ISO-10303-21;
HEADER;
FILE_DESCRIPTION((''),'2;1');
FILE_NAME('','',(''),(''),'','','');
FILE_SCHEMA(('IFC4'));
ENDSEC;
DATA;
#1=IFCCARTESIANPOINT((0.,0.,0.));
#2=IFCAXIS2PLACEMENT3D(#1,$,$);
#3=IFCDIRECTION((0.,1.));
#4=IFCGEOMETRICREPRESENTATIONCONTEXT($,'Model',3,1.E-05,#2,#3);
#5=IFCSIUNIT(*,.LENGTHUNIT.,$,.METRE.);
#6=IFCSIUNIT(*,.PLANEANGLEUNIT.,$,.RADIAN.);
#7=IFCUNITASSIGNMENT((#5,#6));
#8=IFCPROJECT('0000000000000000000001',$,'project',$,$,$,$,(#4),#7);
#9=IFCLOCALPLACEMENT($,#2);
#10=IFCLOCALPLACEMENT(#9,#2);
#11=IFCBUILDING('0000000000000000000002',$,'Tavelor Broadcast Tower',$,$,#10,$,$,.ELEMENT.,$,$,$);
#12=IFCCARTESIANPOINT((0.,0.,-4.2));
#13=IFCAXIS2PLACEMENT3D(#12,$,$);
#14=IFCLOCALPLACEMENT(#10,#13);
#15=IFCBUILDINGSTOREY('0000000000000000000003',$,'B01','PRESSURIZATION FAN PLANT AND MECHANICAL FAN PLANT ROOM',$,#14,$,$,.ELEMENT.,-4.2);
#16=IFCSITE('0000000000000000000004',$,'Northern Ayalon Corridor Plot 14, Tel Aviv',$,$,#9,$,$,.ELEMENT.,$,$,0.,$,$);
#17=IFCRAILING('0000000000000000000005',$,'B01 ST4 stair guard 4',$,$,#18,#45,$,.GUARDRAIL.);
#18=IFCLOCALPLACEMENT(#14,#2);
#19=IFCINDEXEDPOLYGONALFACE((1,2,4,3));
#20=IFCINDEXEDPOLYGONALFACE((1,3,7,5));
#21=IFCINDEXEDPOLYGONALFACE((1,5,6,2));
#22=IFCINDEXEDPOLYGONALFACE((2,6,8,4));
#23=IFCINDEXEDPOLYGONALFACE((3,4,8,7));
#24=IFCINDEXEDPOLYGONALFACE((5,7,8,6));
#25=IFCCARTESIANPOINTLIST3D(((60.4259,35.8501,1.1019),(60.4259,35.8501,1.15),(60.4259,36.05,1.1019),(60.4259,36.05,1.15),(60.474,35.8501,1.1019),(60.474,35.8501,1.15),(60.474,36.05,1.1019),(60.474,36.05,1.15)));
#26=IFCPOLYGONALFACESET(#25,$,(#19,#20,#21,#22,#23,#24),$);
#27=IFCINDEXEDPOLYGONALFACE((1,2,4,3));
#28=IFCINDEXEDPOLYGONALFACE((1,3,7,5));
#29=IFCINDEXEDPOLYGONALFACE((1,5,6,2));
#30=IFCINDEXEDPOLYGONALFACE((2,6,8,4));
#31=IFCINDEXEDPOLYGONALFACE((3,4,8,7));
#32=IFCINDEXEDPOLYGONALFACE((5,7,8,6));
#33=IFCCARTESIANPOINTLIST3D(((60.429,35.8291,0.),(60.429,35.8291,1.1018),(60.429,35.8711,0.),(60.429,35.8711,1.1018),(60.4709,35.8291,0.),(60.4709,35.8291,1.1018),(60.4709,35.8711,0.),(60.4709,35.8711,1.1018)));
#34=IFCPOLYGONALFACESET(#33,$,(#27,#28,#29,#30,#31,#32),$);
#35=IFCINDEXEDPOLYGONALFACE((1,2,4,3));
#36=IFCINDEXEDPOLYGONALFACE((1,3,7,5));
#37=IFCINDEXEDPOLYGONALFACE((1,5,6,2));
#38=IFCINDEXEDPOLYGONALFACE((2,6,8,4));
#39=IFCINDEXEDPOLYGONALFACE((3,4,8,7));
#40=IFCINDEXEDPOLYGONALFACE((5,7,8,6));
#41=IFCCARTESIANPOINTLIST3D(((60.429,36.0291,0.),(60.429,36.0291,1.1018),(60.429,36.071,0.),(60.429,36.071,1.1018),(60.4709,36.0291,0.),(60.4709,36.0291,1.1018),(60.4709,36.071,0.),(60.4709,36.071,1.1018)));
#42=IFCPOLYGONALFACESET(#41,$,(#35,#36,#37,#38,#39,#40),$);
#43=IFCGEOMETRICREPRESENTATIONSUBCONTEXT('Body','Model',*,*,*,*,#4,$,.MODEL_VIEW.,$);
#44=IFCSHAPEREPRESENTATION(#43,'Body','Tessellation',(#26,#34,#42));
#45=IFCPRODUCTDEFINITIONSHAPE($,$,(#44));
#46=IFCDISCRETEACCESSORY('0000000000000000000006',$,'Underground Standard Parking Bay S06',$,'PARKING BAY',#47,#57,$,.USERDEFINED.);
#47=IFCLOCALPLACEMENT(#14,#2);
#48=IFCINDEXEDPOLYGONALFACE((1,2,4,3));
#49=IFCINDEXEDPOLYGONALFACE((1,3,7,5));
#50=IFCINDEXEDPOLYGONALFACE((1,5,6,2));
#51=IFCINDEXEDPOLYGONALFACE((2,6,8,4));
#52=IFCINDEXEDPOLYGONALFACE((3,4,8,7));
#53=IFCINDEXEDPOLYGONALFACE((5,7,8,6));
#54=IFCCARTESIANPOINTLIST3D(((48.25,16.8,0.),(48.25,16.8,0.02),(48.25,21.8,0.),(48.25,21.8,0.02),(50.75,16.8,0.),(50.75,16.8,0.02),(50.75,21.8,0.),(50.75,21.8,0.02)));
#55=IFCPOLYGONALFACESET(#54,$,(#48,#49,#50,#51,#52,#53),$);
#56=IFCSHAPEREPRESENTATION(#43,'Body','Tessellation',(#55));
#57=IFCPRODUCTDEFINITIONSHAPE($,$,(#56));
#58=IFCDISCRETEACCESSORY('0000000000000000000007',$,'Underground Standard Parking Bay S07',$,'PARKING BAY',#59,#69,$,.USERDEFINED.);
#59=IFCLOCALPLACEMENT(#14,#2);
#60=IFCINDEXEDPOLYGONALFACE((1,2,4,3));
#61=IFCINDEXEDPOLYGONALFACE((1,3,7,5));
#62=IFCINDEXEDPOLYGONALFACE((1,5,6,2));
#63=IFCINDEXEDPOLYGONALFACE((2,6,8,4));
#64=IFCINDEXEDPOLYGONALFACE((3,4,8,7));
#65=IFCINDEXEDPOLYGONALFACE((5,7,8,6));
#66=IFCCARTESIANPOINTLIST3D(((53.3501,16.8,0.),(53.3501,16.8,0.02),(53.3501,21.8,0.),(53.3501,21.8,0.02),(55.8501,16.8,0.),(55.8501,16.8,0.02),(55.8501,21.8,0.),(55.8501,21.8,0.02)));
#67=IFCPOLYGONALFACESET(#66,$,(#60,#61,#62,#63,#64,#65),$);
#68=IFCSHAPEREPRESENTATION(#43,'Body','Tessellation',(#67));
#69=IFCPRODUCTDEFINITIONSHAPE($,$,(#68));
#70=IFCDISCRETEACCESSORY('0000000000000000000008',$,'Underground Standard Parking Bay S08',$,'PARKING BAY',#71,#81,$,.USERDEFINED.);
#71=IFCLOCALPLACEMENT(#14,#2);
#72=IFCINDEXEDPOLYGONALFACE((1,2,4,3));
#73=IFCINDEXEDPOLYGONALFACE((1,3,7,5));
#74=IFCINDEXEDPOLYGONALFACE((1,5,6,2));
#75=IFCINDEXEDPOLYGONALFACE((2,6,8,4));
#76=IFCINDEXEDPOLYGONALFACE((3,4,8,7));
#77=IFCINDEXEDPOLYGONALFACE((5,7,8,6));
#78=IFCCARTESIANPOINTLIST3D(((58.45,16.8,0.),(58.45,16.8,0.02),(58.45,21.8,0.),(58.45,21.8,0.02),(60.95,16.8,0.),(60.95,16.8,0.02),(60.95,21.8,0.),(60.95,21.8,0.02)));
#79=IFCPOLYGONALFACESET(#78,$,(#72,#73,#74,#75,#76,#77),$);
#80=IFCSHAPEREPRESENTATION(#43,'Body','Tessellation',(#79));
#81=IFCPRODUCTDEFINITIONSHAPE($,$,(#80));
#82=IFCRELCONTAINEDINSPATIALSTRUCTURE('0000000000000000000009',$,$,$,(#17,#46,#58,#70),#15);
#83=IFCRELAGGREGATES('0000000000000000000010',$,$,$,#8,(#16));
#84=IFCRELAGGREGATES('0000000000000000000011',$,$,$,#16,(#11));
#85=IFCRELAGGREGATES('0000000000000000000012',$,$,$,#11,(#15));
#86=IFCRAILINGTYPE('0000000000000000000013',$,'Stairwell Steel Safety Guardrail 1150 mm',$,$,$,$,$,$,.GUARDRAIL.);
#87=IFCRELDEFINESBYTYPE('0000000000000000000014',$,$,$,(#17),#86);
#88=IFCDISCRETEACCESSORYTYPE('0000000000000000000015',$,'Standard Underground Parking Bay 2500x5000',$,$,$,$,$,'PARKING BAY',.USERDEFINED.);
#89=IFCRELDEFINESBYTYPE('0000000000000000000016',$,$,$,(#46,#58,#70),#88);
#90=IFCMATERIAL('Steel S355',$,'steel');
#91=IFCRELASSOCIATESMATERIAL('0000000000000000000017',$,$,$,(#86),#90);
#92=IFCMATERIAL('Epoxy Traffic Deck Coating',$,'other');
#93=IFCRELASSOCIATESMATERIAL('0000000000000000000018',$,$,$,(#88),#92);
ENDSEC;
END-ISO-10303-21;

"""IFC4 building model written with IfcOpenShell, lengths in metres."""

from ifc_helpers import new_model, si_unit, direction, frame, origin, origin_2d, place, context, subcontext, project, spatial, rectangle, extrude, source, transform, mapped, material, type_object, type_shapes, element, save


model = new_model("IFC4")

# Units and contexts
model_context = context("Model", 3, precision=1e-05, world=origin(), true_north=direction((0.0, 1.0)))
body_context = subcontext(model_context, "Body", "Model", "MODEL_VIEW")
ifc_project = project(units=[si_unit("LENGTHUNIT", "METRE"), si_unit("PLANEANGLEUNIT", "RADIAN")], contexts=[model_context])

# Site, building, storey
site_placement = place(None, origin())
site = spatial("IfcSite", under=ifc_project, at=site_placement, Name="Northern Ayalon Corridor Plot 14, Tel Aviv", CompositionType="ELEMENT", RefElevation=0.0)
building_placement = place(site_placement, origin())
building = spatial("IfcBuilding", under=site, at=building_placement, Name="Tavelor Broadcast Tower", CompositionType="ELEMENT")
storey_placement = place(building_placement, frame((0.0, 0.0, -4.2)))
storey = spatial("IfcBuildingStorey", under=building, at=storey_placement, Name="B01", Description="PRESSURIZATION FAN PLANT AND MECHANICAL FAN PLANT ROOM", CompositionType="ELEMENT", Elevation=-4.2)

# Shared definitions
ifc_material_1 = material(Name="Steel S355", Category="steel")

# Railing
railing_type_1 = type_object("IfcRailingType", Name="Stairwell Steel Safety Guardrail 1150 mm", PredefinedType="GUARDRAIL", material=ifc_material_1)
railing_1_placement = place(storey_placement, frame((60.45, 35.8501, 0.0)))
element("IfcRailing", 1, at=railing_1_placement, inside=storey, type_object=railing_type_1, Name="B01 ST4 stair guard 4", PredefinedType="GUARDRAIL", context=body_context, shape_type="SweptSolid", body=[
    extrude(rectangle(XDim=0.0481, YDim=0.0481, at=origin_2d()), frame((0.0, 0.0, 1.126), z_axis=(0.0, 1.0, 0.0), x_axis=(-1.0, 0.0, 0.0)), (0.0, 0.0, 1.0), 0.2),
    extrude(rectangle(XDim=0.042, YDim=0.042, at=origin_2d()), origin(), (0.0, 0.0, 1.0), 1.1018),
    extrude(rectangle(XDim=0.042, YDim=0.042, at=origin_2d()), frame((0.0, 0.2, 0.0)), (0.0, 0.0, 1.0), 1.1018),
])

# Discrete accessories
ifc_material_2 = material(Name="Epoxy Traffic Deck Coating", Category="other")
discrete_accessory_type = type_object("IfcDiscreteAccessoryType", Name="Standard Underground Parking Bay 2500x5000", ElementType="PARKING BAY", PredefinedType="USERDEFINED", material=ifc_material_2)
shared_shape_1 = source(origin(), body_context, "Body", "SweptSolid", [
    extrude(rectangle(XDim=2.5, YDim=5.0, at=origin_2d()), origin(), (0.0, 0.0, 1.0), 0.02),
])
type_shapes(discrete_accessory_type, [shared_shape_1])
for number, where, z_axis, x_axis, name in (
    (2, (49.5, 19.3, 0.0), (0.0, 0.0, 1.0), (1.0, 0.0, 0.0), "Underground Standard Parking Bay S06"),
    (3, (54.6001, 19.3, 0.0), (0.0, 0.0, 1.0), (1.0, 0.0, 0.0), "Underground Standard Parking Bay S07"),
    (4, (59.7, 19.3, 0.0), (0.0, 0.0, 1.0), (1.0, 0.0, 0.0), "Underground Standard Parking Bay S08"),
):
    element("IfcDiscreteAccessory", number, at=place(storey_placement, frame(where, z_axis=z_axis, x_axis=x_axis)), inside=storey, type_object=discrete_accessory_type, Name=name, ObjectType="PARKING BAY", PredefinedType="USERDEFINED", context=body_context, shape_type="MappedRepresentation", body=[
        mapped(shared_shape_1, transform((0.0, 0.0, 0.0), scale=1.0)),
    ])

save(model, "model.ifc")
